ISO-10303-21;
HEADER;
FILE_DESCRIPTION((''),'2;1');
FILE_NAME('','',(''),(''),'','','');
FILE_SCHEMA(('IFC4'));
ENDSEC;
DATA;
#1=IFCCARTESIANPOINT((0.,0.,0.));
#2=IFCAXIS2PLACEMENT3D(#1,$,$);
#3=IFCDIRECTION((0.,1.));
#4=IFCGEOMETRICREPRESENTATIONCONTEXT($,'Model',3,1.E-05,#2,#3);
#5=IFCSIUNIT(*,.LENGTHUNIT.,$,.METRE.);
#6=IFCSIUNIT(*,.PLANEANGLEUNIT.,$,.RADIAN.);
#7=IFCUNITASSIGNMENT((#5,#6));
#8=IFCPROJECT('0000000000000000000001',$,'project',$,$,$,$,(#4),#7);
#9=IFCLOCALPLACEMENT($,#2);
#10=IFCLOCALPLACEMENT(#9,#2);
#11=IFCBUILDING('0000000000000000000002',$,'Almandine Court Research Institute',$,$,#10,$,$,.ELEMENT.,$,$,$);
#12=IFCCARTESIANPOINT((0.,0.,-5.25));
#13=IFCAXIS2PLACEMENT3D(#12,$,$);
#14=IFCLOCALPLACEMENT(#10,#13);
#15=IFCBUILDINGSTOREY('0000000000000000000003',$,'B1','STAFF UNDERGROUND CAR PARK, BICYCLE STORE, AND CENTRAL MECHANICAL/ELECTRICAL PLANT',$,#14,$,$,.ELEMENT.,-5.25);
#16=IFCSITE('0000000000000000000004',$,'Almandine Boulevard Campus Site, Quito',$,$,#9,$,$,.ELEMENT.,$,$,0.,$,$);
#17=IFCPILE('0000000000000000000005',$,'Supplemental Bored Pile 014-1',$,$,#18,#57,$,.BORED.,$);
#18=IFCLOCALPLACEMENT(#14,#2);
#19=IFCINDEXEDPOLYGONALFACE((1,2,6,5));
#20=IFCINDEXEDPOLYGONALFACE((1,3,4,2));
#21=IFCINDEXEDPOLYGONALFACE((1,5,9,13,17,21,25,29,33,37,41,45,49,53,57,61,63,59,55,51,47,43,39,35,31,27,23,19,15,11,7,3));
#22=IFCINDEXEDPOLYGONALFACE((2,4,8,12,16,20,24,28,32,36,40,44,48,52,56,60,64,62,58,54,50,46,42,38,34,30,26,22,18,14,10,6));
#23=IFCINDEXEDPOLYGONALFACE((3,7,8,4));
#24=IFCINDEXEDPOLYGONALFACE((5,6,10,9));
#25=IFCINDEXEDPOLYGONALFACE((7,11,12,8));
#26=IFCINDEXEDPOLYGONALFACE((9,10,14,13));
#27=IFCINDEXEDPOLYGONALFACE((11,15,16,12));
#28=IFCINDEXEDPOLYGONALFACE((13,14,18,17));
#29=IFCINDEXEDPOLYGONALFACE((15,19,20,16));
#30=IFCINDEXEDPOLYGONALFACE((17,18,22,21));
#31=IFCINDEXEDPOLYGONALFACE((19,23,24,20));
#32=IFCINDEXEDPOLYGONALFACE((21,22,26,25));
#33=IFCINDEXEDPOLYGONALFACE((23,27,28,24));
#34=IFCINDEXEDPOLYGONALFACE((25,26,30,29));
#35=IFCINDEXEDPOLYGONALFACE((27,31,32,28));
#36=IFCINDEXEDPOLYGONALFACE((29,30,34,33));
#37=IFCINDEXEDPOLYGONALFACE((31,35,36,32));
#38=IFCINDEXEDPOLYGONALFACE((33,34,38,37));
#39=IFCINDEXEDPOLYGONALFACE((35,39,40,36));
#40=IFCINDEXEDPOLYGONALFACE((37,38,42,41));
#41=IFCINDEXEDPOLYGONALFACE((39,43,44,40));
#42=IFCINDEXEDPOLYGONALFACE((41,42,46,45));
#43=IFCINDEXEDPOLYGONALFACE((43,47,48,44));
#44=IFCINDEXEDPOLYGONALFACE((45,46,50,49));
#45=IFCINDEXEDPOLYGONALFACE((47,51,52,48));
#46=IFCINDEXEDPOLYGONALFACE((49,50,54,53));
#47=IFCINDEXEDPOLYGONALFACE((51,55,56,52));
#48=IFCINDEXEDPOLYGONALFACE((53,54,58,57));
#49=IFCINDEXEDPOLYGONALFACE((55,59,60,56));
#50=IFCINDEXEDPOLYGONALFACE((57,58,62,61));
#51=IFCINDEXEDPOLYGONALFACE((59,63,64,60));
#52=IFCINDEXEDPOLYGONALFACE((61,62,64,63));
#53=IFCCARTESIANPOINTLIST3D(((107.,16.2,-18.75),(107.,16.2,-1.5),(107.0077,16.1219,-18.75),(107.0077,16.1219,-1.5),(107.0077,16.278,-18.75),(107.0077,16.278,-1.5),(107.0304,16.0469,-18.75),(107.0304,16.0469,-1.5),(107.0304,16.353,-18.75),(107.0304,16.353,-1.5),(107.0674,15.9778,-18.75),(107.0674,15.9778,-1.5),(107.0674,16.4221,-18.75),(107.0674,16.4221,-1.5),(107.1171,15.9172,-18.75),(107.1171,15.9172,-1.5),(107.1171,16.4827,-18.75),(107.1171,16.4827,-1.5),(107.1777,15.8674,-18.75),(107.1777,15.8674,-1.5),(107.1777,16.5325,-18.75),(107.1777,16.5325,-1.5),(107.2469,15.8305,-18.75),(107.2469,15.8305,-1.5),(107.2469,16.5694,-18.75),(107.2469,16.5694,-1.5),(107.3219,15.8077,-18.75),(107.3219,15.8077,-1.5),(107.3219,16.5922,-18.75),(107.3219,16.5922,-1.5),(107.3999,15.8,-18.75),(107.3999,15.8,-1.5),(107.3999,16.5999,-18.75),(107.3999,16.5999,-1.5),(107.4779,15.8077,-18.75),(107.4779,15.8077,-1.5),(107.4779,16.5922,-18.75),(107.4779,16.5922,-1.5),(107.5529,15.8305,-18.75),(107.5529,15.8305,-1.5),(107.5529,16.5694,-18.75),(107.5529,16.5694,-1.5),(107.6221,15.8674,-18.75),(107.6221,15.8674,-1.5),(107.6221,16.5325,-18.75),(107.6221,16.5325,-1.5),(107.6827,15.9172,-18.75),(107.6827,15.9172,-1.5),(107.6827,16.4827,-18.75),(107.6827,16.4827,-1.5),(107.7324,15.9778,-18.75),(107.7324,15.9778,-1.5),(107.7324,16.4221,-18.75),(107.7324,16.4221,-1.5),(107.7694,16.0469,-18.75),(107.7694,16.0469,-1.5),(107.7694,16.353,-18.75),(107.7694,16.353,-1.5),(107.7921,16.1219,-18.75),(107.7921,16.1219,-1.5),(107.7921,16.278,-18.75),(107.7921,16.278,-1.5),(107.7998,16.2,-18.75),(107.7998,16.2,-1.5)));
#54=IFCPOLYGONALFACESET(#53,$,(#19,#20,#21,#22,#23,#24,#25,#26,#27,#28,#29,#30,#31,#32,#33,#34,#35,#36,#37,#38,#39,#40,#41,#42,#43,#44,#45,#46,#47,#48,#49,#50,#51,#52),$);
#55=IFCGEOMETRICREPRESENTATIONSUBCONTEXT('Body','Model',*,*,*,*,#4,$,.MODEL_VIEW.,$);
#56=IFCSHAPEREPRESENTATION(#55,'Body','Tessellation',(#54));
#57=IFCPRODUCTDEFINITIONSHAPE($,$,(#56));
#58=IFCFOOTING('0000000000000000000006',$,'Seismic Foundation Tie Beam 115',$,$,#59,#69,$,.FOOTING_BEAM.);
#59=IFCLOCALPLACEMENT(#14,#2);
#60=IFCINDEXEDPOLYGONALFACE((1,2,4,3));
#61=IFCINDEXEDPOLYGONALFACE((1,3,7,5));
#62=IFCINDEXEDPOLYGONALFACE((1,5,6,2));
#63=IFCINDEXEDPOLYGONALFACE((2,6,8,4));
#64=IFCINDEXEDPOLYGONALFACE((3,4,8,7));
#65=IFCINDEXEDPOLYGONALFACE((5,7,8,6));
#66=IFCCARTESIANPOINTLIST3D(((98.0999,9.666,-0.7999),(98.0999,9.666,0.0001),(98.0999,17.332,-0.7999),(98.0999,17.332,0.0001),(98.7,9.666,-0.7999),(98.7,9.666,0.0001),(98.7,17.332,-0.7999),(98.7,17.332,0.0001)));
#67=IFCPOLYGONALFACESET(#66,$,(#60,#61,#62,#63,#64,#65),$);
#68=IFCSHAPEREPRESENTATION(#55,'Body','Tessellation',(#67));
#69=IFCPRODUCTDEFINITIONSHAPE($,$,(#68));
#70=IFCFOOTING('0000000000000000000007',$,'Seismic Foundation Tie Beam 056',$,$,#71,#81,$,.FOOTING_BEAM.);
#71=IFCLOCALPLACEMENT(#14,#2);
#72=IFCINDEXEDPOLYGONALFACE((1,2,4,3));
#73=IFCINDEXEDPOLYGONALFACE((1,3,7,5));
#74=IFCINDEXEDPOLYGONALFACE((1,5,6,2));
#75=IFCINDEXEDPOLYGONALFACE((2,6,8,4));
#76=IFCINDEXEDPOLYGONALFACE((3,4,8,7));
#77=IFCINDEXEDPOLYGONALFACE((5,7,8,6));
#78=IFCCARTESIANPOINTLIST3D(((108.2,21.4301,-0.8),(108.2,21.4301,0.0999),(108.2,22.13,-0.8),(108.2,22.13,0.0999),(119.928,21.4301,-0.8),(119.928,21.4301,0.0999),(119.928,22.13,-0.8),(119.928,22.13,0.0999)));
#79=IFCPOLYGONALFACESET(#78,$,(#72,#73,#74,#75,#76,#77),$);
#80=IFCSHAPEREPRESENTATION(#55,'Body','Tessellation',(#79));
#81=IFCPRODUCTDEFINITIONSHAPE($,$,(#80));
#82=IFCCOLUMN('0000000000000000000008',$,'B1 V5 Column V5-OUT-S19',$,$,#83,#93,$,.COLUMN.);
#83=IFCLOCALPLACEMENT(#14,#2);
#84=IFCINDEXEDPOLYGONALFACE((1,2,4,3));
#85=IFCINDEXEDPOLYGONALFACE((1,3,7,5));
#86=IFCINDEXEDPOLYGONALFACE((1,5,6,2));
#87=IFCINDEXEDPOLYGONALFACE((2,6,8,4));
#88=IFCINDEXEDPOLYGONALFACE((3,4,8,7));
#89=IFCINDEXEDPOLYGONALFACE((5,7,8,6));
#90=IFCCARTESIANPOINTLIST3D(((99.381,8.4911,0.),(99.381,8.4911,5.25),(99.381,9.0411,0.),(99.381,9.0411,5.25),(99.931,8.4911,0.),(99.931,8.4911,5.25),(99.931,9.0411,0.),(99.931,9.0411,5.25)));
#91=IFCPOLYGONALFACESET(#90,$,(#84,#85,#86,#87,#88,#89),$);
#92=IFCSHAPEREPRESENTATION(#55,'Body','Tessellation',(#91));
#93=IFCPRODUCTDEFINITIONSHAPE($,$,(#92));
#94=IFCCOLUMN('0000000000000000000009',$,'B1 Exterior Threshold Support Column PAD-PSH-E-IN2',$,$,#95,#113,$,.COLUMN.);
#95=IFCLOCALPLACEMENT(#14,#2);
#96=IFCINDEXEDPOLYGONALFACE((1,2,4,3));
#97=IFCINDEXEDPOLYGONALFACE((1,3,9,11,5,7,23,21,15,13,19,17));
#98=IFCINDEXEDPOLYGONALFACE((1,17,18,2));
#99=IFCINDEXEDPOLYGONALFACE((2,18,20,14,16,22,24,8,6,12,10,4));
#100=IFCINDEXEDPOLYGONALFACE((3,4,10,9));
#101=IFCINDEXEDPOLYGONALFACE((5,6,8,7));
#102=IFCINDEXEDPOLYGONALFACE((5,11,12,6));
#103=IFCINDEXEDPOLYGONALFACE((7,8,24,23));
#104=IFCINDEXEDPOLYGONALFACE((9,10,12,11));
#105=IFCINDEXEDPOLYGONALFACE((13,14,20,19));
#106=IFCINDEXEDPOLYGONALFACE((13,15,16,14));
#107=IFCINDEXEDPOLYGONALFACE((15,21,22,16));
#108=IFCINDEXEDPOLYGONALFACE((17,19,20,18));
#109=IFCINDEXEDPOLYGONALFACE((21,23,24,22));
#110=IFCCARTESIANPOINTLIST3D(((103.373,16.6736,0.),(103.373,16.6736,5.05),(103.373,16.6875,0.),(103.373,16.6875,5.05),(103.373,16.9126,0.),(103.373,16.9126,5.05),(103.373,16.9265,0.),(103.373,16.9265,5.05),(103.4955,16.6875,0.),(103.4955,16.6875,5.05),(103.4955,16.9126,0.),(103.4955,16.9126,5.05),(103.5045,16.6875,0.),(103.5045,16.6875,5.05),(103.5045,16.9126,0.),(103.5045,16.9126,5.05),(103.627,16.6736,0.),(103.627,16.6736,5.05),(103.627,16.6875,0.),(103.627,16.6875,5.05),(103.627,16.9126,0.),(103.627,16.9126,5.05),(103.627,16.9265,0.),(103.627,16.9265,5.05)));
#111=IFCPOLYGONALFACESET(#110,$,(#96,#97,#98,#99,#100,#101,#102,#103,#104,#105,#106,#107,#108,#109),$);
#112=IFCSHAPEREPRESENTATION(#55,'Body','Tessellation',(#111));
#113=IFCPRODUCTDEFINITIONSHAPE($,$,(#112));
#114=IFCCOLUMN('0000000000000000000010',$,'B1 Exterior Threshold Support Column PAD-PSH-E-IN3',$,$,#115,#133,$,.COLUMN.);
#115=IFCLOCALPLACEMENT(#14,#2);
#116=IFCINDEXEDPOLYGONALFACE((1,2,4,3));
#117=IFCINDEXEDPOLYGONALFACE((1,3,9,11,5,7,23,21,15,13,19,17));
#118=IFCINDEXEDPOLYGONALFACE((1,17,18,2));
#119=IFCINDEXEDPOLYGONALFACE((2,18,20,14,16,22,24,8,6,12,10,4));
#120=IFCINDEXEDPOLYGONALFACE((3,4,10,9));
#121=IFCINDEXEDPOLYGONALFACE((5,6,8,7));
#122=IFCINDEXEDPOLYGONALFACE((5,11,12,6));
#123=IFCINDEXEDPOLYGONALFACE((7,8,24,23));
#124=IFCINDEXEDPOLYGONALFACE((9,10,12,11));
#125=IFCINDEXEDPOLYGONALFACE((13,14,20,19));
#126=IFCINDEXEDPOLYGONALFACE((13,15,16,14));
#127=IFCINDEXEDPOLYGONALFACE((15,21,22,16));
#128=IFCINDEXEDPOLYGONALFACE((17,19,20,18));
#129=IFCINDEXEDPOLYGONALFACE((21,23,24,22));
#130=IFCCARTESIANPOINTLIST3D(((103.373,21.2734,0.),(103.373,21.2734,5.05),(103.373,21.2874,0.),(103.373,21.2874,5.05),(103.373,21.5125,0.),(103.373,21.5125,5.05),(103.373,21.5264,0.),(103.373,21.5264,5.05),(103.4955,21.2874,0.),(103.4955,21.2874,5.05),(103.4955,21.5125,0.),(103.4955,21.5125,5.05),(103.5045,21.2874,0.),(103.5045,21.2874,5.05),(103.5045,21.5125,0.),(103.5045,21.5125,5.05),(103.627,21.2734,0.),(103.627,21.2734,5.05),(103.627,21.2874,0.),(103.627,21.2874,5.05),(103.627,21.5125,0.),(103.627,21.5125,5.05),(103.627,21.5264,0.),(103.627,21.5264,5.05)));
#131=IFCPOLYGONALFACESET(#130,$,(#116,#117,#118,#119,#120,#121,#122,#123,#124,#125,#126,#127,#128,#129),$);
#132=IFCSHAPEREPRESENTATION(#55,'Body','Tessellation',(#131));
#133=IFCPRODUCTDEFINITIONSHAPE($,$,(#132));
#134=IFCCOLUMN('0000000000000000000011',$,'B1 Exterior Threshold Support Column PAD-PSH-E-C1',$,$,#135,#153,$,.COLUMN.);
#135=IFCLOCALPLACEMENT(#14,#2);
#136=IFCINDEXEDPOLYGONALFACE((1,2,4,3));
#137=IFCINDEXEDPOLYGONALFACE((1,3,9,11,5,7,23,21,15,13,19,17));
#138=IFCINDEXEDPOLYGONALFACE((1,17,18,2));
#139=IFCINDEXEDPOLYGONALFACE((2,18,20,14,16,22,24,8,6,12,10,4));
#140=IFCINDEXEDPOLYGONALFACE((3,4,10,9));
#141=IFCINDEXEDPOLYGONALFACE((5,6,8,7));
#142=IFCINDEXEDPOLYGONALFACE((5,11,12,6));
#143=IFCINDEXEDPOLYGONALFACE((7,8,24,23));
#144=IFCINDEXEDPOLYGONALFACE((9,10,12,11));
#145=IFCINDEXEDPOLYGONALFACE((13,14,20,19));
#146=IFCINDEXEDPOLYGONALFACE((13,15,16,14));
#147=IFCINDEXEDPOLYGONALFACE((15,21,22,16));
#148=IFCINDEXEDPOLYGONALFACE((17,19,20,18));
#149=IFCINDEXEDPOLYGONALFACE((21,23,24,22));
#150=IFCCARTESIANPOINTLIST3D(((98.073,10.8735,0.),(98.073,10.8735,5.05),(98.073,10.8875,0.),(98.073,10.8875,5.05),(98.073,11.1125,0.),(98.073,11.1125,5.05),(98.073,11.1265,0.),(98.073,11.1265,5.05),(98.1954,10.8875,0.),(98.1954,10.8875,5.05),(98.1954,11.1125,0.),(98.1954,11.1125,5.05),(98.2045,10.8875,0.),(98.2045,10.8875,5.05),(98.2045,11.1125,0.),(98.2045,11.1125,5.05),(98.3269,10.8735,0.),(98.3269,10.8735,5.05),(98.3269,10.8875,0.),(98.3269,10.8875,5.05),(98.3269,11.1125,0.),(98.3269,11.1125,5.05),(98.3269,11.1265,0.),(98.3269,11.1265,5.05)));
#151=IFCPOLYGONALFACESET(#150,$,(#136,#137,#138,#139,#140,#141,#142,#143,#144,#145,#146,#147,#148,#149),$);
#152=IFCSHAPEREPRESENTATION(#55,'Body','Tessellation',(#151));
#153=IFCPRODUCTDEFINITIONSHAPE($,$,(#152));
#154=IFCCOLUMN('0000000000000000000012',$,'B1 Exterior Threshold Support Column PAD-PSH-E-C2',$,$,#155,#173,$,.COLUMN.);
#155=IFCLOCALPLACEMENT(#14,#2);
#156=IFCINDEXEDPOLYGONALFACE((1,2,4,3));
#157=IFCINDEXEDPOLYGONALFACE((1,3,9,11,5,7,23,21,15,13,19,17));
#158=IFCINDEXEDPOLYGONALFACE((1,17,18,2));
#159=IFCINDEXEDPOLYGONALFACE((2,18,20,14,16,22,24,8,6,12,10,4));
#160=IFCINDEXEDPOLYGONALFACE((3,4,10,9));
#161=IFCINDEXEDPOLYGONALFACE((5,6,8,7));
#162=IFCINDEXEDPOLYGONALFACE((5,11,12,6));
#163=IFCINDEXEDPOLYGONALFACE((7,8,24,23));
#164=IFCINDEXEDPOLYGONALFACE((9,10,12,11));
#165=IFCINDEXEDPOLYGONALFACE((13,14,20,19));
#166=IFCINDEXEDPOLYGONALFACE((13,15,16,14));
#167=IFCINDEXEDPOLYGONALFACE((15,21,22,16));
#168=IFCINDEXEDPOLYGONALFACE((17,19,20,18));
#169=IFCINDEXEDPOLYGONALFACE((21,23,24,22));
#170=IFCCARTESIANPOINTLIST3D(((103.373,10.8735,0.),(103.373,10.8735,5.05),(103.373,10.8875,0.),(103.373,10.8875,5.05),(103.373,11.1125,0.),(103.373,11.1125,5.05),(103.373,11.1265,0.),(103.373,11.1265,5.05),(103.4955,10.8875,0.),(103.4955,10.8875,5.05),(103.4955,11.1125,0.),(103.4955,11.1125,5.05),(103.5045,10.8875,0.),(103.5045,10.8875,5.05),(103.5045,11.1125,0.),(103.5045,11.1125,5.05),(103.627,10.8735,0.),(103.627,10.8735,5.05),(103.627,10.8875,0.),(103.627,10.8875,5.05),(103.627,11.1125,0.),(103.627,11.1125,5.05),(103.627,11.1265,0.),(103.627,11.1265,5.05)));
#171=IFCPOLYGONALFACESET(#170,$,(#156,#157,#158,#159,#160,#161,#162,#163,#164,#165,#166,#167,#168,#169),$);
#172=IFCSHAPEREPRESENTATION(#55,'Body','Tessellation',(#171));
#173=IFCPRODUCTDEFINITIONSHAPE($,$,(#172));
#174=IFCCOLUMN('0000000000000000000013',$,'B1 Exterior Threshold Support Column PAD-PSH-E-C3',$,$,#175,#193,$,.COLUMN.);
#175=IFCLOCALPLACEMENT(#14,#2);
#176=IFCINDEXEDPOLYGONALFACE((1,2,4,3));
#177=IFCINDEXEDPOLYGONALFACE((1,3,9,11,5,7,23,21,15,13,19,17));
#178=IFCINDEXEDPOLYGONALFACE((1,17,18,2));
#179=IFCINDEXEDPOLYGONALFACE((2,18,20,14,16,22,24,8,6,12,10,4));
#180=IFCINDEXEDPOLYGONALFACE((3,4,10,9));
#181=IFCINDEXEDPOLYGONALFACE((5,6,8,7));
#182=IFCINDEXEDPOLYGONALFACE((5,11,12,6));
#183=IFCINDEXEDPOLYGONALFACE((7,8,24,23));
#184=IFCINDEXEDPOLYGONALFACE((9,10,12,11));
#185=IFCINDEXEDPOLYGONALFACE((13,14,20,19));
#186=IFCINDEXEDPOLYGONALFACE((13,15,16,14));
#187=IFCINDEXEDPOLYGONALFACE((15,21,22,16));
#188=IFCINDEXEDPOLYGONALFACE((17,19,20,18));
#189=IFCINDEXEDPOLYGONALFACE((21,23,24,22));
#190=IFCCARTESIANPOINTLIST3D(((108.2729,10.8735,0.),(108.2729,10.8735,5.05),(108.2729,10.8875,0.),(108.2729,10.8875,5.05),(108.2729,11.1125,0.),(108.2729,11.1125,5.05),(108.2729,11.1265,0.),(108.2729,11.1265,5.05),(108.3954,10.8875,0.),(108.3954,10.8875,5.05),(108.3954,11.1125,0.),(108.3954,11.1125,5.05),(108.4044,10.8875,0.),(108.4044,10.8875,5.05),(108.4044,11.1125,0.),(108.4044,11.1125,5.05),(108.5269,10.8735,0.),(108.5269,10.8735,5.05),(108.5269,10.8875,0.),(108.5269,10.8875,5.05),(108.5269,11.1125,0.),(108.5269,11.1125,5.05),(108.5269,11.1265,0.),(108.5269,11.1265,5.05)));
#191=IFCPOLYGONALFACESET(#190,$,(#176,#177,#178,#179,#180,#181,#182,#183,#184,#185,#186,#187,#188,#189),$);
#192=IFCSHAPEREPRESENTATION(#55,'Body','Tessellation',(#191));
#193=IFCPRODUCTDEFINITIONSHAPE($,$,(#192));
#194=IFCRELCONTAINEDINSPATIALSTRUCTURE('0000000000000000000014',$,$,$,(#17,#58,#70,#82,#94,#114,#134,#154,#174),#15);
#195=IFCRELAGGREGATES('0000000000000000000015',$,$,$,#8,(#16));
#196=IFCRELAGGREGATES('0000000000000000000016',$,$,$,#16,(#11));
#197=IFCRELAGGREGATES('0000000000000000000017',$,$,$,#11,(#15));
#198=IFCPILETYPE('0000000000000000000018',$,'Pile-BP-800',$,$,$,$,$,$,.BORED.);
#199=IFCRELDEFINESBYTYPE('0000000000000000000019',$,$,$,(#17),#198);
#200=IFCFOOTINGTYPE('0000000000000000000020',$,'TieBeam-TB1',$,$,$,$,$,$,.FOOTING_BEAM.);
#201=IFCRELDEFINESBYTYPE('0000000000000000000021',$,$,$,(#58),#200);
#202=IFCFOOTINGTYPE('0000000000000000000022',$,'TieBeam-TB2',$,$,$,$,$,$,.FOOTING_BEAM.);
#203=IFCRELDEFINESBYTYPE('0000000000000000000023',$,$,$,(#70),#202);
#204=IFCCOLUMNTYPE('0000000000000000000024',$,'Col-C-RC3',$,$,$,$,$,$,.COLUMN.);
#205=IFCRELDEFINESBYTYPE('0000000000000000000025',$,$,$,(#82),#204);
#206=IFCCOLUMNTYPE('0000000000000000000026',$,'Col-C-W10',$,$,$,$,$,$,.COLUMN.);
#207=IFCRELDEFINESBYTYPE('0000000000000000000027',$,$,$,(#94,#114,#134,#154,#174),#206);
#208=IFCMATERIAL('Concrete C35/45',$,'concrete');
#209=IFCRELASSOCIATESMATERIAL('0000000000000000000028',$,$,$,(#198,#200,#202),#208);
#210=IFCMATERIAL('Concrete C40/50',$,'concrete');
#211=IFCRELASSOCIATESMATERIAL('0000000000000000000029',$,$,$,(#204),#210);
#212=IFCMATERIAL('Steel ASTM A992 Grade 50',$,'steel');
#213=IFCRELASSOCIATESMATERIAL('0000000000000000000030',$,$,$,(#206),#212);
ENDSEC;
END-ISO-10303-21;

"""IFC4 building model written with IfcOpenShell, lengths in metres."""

from ifc_helpers import new_model, si_unit, direction, frame, origin, origin_2d, place, context, subcontext, project, spatial, rectangle, circle, i_section, extrude, material, material_profile, profile_set, type_object, element, save


model = new_model("IFC4")

# Units and contexts
model_context = context("Model", 3, precision=1e-05, world=origin(), true_north=direction((0.0, 1.0)))
body_context = subcontext(model_context, "Body", "Model", "MODEL_VIEW")
ifc_project = project(units=[si_unit("LENGTHUNIT", "METRE"), si_unit("PLANEANGLEUNIT", "RADIAN")], contexts=[model_context])

# Site, building, storey
site_placement = place(None, origin())
site = spatial("IfcSite", under=ifc_project, at=site_placement, Name="Almandine Boulevard Campus Site, Quito", CompositionType="ELEMENT", RefElevation=0.0)
building_placement = place(site_placement, origin())
building = spatial("IfcBuilding", under=site, at=building_placement, Name="Almandine Court Research Institute", CompositionType="ELEMENT")
storey_placement = place(building_placement, frame((0.0, 0.0, -5.25)))
storey = spatial("IfcBuildingStorey", under=building, at=storey_placement, Name="B1", Description="STAFF UNDERGROUND CAR PARK, BICYCLE STORE, AND CENTRAL MECHANICAL/ELECTRICAL PLANT", CompositionType="ELEMENT", Elevation=-5.25)

# Shared definitions
ifc_material_1 = material(Name="Concrete C35/45", Category="concrete")

# Pile
ifc_material_profile_1 = material_profile(ifc_material_1, circle(Radius=0.3999, at=origin_2d()), Name="BORED PILE D800")
ifc_profile_set_1 = profile_set([ifc_material_profile_1], Name="Concrete C35/45")
pile_type = type_object("IfcPileType", Name="Pile-BP-800", PredefinedType="BORED", material=ifc_profile_set_1)
for number, where, z_axis, x_axis, name in (
    (1, (107.3999, 16.2, -1.5), (0.0, 0.0, -1.0), (1.0, 0.0, 0.0), "Supplemental Bored Pile 014-1"),
):
    element("IfcPile", number, at=place(storey_placement, frame(where, z_axis=z_axis, x_axis=x_axis)), inside=storey, type_object=pile_type, Name=name, PredefinedType="BORED", context=body_context, shape_type="SweptSolid", body=[
        extrude(circle(Radius=0.3999, at=origin_2d()), origin(), (0.0, 0.0, 1.0), 17.25),
    ])

# Footings
ifc_material_profile_2 = material_profile(ifc_material_1, rectangle(XDim=0.6001, YDim=0.8, at=origin_2d()), Name="RC TIE 600x800")
ifc_profile_set_2 = profile_set([ifc_material_profile_2], Name="Concrete C35/45")
footing_type_1 = type_object("IfcFootingType", Name="TieBeam-TB1", PredefinedType="FOOTING_BEAM", material=ifc_profile_set_2)
footing_1_placement = place(storey_placement, frame((98.3999, 9.666, -0.3999), z_axis=(0.0, 1.0, 0.0), x_axis=(-1.0, 0.0, 0.0)))
element("IfcFooting", 2, at=footing_1_placement, inside=storey, type_object=footing_type_1, Name="Seismic Foundation Tie Beam 115", PredefinedType="FOOTING_BEAM", context=body_context, shape_type="SweptSolid", body=[
    extrude(rectangle(XDim=0.6001, YDim=0.8, at=origin_2d()), origin(), (0.0, 0.0, 1.0), 7.666),
])
ifc_material_profile_3 = material_profile(ifc_material_1, rectangle(XDim=0.7, YDim=0.8999, at=origin_2d()), Name="RC TIE 700x900")
ifc_profile_set_3 = profile_set([ifc_material_profile_3], Name="Concrete C35/45")
footing_type_2 = type_object("IfcFootingType", Name="TieBeam-TB2", PredefinedType="FOOTING_BEAM", material=ifc_profile_set_3)
footing_2_placement = place(storey_placement, frame((108.2, 21.78, -0.3501), z_axis=(1.0, 0.0, 0.0), x_axis=(0.0, 1.0, 0.0)))
element("IfcFooting", 3, at=footing_2_placement, inside=storey, type_object=footing_type_2, Name="Seismic Foundation Tie Beam 056", PredefinedType="FOOTING_BEAM", context=body_context, shape_type="SweptSolid", body=[
    extrude(rectangle(XDim=0.7, YDim=0.8999, at=origin_2d()), origin(), (0.0, 0.0, 1.0), 11.728),
])

# Columns
ifc_material_2 = material(Name="Concrete C40/50", Category="concrete")
ifc_material_profile_4 = material_profile(ifc_material_2, rectangle(XDim=0.55, YDim=0.55, at=origin_2d()), Name="RC 550x550")
ifc_profile_set_4 = profile_set([ifc_material_profile_4], Name="Concrete C40/50")
column_type_1 = type_object("IfcColumnType", Name="Col-C-RC3", PredefinedType="COLUMN", material=ifc_profile_set_4)
column_placement = place(storey_placement, frame((99.656, 8.7661, 0.0), z_axis=(0.0, 0.0, 1.0), x_axis=(1.0, 0.0, 0.0)))
element("IfcColumn", 4, at=column_placement, inside=storey, type_object=column_type_1, Name="B1 V5 Column V5-OUT-S19", PredefinedType="COLUMN", context=body_context, shape_type="SweptSolid", body=[
    extrude(rectangle(XDim=0.55, YDim=0.55, at=origin_2d()), origin(), (0.0, 0.0, 1.0), 5.25),
])
ifc_material_3 = material(Name="Steel ASTM A992 Grade 50", Category="steel")
ifc_material_profile_5 = material_profile(ifc_material_3, i_section(OverallWidth=0.2539, OverallDepth=0.2529, WebThickness=0.009, FlangeThickness=0.0139, at=origin_2d()), Name="W250x73")
ifc_profile_set_5 = profile_set([ifc_material_profile_5], Name="Steel ASTM A992 Grade 50")
column_type_2 = type_object("IfcColumnType", Name="Col-C-W10", PredefinedType="COLUMN", material=ifc_profile_set_5)
for number, where, z_axis, x_axis, name in (
    (5, (103.5, 16.8, 0.0), (0.0, 0.0, 1.0), (1.0, 0.0, 0.0), "B1 Exterior Threshold Support Column PAD-PSH-E-IN2"),
    (6, (103.5, 21.3999, 0.0), (0.0, 0.0, 1.0), (1.0, 0.0, 0.0), "B1 Exterior Threshold Support Column PAD-PSH-E-IN3"),
    (7, (98.2, 11.0, 0.0), (0.0, 0.0, 1.0), (1.0, 0.0, 0.0), "B1 Exterior Threshold Support Column PAD-PSH-E-C1"),
    (8, (103.5, 11.0, 0.0), (0.0, 0.0, 1.0), (1.0, 0.0, 0.0), "B1 Exterior Threshold Support Column PAD-PSH-E-C2"),
    (9, (108.3999, 11.0, 0.0), (0.0, 0.0, 1.0), (1.0, 0.0, 0.0), "B1 Exterior Threshold Support Column PAD-PSH-E-C3"),
):
    element("IfcColumn", number, at=place(storey_placement, frame(where, z_axis=z_axis, x_axis=x_axis)), inside=storey, type_object=column_type_2, Name=name, PredefinedType="COLUMN", context=body_context, shape_type="SweptSolid", body=[
        extrude(i_section(OverallWidth=0.2539, OverallDepth=0.2529, WebThickness=0.009, FlangeThickness=0.0139, at=origin_2d()), origin(), (0.0, 0.0, 1.0), 5.05),
    ])

save(model, "model.ifc")
